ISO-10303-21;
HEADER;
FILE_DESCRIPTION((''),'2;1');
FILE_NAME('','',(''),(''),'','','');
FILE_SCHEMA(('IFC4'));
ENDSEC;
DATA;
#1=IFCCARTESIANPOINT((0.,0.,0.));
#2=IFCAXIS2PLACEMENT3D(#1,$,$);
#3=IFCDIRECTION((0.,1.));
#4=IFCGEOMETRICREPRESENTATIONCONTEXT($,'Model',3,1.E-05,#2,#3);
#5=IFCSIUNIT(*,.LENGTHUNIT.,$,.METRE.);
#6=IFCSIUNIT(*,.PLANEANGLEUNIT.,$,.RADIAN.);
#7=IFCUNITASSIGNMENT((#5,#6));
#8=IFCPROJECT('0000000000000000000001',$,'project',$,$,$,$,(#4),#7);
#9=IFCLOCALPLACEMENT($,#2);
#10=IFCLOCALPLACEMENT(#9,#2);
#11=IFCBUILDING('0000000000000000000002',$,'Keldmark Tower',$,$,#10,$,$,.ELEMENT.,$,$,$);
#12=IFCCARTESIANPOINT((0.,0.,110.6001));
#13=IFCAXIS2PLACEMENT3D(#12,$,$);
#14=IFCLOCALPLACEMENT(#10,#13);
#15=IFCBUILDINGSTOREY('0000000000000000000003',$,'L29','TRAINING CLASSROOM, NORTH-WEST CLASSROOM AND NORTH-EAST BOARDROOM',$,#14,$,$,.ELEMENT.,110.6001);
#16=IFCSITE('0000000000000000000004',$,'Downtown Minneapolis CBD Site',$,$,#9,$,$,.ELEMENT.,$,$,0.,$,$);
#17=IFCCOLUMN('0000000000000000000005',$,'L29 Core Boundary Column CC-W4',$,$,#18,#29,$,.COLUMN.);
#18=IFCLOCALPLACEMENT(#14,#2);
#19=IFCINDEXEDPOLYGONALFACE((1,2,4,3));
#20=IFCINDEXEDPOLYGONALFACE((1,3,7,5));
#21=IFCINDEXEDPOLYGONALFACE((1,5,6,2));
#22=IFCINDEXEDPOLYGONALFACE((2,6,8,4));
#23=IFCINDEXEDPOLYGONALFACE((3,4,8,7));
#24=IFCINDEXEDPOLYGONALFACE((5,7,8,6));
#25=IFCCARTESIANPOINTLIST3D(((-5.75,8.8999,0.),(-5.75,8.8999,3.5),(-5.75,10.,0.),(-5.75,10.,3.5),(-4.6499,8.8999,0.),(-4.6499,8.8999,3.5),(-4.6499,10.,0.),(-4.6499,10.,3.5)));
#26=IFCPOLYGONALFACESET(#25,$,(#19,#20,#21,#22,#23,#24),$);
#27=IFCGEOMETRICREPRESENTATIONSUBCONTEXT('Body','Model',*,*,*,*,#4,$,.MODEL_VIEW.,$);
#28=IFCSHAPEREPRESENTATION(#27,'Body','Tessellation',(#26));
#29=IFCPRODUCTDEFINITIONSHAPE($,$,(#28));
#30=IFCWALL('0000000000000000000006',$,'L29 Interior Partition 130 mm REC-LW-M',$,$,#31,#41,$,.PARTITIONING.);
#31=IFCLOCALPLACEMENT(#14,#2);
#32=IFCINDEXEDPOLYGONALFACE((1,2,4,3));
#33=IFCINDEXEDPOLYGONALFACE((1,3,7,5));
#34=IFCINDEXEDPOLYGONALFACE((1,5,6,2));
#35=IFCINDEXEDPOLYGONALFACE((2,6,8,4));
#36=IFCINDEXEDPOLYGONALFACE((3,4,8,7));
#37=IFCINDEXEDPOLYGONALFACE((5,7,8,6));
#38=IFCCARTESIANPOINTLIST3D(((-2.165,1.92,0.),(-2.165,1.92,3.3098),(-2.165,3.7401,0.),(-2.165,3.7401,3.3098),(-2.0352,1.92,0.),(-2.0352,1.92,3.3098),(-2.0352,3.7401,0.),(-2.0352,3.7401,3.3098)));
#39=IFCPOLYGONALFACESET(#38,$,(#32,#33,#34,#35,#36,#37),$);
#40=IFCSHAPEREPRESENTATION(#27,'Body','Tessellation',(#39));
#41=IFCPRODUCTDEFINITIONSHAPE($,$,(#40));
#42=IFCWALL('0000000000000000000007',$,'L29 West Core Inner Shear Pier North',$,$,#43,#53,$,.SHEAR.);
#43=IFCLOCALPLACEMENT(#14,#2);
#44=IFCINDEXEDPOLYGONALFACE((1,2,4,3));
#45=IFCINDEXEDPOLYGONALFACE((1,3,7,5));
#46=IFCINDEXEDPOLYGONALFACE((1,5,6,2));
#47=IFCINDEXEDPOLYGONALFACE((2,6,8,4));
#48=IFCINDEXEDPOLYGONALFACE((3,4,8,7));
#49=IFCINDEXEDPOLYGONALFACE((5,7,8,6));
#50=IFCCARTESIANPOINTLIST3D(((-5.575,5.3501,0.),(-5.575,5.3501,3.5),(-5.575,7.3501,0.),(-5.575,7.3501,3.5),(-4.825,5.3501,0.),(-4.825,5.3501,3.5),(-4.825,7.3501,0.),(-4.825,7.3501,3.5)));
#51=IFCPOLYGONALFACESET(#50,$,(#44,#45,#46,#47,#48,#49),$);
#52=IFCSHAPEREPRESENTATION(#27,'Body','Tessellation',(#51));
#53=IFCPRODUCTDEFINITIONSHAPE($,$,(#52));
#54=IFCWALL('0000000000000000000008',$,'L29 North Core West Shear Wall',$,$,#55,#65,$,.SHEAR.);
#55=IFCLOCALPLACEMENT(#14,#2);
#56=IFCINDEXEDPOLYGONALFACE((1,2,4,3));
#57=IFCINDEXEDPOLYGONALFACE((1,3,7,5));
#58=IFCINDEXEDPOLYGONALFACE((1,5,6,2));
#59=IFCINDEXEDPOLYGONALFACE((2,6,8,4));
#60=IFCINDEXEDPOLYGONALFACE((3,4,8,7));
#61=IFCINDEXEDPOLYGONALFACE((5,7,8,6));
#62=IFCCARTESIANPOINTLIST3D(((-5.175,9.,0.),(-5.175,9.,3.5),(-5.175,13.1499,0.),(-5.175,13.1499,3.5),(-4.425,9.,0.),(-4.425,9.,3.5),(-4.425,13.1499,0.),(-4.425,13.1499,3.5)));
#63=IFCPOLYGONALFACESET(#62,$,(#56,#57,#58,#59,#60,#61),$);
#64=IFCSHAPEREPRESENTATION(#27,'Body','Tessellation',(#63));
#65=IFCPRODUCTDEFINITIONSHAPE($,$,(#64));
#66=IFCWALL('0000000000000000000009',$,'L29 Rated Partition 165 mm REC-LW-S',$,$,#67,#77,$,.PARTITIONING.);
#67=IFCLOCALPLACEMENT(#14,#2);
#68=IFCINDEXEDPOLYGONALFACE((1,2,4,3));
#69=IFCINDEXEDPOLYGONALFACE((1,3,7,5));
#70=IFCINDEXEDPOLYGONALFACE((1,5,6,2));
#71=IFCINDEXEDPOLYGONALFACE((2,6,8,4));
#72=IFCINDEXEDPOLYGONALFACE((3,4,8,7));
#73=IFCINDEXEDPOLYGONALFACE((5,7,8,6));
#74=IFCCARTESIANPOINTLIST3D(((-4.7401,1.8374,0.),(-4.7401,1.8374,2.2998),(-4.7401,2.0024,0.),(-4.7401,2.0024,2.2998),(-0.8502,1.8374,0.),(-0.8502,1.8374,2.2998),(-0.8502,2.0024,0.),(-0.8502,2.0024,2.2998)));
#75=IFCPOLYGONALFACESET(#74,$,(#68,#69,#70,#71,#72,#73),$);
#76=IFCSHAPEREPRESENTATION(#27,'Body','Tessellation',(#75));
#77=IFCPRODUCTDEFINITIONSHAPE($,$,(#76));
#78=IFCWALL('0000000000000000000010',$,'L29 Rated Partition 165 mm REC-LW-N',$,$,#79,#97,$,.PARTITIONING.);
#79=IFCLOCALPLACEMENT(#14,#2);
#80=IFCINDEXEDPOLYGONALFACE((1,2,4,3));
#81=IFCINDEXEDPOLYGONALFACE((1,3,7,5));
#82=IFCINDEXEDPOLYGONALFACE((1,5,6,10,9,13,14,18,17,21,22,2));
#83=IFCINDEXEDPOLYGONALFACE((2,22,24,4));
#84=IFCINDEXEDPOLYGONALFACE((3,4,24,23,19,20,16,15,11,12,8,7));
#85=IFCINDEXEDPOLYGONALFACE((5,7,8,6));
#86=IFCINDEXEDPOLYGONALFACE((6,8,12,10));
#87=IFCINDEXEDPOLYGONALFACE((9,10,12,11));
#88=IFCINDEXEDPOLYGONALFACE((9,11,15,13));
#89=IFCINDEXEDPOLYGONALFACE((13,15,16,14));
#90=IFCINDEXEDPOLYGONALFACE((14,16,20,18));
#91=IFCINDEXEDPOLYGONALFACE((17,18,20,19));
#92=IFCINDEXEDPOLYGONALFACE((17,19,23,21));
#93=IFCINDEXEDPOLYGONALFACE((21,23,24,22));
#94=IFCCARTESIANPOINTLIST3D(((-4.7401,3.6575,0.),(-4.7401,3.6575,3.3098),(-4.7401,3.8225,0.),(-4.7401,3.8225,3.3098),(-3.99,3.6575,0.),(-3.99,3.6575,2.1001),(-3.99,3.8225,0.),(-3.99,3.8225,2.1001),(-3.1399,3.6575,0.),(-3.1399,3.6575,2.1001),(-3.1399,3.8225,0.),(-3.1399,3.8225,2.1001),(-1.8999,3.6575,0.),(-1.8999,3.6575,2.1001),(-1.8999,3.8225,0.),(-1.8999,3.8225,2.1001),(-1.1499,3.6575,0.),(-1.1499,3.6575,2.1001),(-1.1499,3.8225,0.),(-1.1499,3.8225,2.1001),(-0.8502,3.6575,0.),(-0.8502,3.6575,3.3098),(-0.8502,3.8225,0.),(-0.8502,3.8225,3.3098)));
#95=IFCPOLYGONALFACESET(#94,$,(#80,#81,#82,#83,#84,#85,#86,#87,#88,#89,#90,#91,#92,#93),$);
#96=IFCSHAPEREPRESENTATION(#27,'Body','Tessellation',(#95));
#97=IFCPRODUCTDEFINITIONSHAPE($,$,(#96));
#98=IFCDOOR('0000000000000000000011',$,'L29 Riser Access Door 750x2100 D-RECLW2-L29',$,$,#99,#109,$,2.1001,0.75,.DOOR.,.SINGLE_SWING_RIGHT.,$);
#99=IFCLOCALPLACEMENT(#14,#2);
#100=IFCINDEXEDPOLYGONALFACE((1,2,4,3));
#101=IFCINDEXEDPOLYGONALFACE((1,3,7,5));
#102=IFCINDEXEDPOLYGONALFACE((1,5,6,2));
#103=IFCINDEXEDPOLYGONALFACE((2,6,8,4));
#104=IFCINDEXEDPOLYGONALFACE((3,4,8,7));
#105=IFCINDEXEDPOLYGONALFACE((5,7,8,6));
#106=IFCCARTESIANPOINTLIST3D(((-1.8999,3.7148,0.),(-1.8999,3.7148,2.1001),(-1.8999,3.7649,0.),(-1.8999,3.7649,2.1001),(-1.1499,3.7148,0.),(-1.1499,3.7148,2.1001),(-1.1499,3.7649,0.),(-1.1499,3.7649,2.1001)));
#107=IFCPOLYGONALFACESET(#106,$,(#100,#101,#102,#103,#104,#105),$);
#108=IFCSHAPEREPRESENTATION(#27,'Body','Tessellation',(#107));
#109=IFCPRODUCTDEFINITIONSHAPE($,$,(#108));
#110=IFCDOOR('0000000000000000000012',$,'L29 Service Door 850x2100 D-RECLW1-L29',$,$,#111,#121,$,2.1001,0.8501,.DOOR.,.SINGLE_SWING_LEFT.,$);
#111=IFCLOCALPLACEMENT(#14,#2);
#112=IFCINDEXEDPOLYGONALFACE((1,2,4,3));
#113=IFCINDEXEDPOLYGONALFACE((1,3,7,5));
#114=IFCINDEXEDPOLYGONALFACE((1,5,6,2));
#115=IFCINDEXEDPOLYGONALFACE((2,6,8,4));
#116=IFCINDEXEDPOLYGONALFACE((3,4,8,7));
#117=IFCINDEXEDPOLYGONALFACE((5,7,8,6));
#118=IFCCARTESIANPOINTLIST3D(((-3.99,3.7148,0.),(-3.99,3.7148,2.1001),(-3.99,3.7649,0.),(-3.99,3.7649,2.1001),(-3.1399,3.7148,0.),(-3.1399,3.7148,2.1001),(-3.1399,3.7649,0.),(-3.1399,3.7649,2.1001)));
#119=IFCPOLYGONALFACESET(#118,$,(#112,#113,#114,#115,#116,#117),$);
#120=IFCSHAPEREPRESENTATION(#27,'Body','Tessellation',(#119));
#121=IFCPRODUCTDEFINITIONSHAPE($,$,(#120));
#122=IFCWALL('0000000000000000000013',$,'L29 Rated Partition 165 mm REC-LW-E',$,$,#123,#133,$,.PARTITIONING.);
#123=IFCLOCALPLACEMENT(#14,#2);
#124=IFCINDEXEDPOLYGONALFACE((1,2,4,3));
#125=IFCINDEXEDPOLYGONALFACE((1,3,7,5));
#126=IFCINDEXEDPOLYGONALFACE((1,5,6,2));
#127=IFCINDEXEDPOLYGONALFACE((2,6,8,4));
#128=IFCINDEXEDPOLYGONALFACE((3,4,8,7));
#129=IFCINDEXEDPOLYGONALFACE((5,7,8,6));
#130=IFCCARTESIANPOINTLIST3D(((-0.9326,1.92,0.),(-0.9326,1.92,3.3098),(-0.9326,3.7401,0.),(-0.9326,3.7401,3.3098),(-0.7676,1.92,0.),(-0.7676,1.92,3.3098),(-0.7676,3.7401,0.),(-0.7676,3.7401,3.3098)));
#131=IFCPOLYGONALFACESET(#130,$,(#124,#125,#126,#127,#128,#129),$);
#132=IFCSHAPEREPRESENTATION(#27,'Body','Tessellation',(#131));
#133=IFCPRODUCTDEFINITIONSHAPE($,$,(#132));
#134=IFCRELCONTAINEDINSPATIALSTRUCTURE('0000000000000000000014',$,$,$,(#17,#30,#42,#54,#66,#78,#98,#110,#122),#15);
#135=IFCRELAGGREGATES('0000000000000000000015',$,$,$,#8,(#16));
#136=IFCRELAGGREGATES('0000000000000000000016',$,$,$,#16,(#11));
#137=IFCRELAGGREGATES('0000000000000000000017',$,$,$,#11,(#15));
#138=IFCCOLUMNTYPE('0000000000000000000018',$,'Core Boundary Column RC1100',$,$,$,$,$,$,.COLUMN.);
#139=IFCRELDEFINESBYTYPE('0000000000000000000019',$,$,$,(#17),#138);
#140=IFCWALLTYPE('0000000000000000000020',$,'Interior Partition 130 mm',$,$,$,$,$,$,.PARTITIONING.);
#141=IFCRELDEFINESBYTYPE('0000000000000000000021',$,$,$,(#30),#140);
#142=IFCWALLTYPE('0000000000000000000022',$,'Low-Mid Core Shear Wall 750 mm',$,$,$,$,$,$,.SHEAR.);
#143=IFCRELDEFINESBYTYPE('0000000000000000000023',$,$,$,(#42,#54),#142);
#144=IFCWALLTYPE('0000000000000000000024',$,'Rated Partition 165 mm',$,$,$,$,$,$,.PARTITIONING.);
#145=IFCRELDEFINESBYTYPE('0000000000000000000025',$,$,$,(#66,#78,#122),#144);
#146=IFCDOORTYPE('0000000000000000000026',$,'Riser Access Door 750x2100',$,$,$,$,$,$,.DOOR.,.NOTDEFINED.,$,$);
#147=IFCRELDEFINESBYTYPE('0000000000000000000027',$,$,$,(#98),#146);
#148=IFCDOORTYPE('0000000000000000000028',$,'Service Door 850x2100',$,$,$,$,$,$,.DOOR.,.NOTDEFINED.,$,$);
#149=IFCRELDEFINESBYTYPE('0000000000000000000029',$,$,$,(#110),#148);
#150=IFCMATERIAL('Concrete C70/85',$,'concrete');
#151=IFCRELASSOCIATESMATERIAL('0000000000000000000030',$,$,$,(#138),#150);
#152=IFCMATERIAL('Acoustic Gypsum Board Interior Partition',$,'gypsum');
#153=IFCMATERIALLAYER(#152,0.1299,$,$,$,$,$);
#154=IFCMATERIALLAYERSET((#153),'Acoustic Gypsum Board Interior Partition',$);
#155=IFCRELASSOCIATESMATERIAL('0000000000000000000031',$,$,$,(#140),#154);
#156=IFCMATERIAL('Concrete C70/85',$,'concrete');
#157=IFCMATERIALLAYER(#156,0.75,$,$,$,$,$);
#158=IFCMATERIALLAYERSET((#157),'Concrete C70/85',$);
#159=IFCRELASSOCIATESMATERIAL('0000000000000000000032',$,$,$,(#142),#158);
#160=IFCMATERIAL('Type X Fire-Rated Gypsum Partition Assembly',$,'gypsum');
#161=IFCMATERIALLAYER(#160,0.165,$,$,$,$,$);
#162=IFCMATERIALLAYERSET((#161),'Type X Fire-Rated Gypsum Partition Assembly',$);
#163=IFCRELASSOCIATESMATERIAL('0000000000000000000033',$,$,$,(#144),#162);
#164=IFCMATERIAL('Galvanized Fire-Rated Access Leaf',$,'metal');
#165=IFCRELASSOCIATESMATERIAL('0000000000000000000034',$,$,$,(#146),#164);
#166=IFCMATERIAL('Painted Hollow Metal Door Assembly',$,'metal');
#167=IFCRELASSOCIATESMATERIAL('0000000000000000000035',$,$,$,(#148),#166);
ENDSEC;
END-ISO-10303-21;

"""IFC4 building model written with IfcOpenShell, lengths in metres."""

from ifc_helpers import new_model, si_unit, direction, frame, frame_2d, origin, origin_2d, place, context, subcontext, project, spatial, rectangle, extrude, material, layer, layer_set, material_profile, profile_set, type_object, element, fill, save


model = new_model("IFC4")

# Units and contexts
model_context = context("Model", 3, precision=1e-05, world=origin(), true_north=direction((0.0, 1.0)))
body_context = subcontext(model_context, "Body", "Model", "MODEL_VIEW")
ifc_project = project(units=[si_unit("LENGTHUNIT", "METRE"), si_unit("PLANEANGLEUNIT", "RADIAN")], contexts=[model_context])

# Site, building, storey
site_placement = place(None, origin())
site = spatial("IfcSite", under=ifc_project, at=site_placement, Name="Downtown Minneapolis CBD Site", CompositionType="ELEMENT", RefElevation=0.0)
building_placement = place(site_placement, origin())
building = spatial("IfcBuilding", under=site, at=building_placement, Name="Keldmark Tower", CompositionType="ELEMENT")
storey_placement = place(building_placement, frame((0.0, 0.0, 110.6001)))
storey = spatial("IfcBuildingStorey", under=building, at=storey_placement, Name="L29", Description="TRAINING CLASSROOM, NORTH-WEST CLASSROOM AND NORTH-EAST BOARDROOM", CompositionType="ELEMENT", Elevation=110.6001)

# Column
ifc_material_1 = material(Name="Concrete C70/85", Category="concrete")
ifc_material_profile = material_profile(ifc_material_1, rectangle(XDim=1.1001, YDim=1.1001, at=origin_2d()), Name="RC1100X1100")
ifc_profile_set = profile_set([ifc_material_profile], Name="Concrete C70/85")
column_type = type_object("IfcColumnType", Name="Core Boundary Column RC1100", PredefinedType="COLUMN", material=ifc_profile_set)
column_placement = place(storey_placement, frame((-5.2, 9.45, 0.0), z_axis=(0.0, 0.0, 1.0), x_axis=(1.0, 0.0, 0.0)))
element("IfcColumn", 1, at=column_placement, inside=storey, type_object=column_type, Name="L29 Core Boundary Column CC-W4", PredefinedType="COLUMN", context=body_context, shape_type="SweptSolid", body=[
    extrude(rectangle(XDim=1.1001, YDim=1.1001, at=origin_2d()), origin(), (0.0, 0.0, 1.0), 3.5),
])

# Walls
ifc_material_2 = material(Name="Acoustic Gypsum Board Interior Partition", Category="gypsum")
ifc_layer_1 = layer(ifc_material_2, 0.1299)
ifc_layer_set_1 = layer_set([ifc_layer_1], Name="Acoustic Gypsum Board Interior Partition")
wall_type_1 = type_object("IfcWallType", Name="Interior Partition 130 mm", PredefinedType="PARTITIONING", material=ifc_layer_set_1)
wall_1_placement = place(storey_placement, frame((-2.1001, 1.9199, 0.0), z_axis=(0.0, 0.0, 1.0), x_axis=(0.0, 1.0, 0.0)))
element("IfcWall", 2, at=wall_1_placement, inside=storey, type_object=wall_type_1, Name="L29 Interior Partition 130 mm REC-LW-M", PredefinedType="PARTITIONING", context=body_context, shape_type="SweptSolid", body=[
    extrude(rectangle(XDim=1.8201, YDim=0.1299, at=frame_2d((0.9102, 0.0))), origin(), (0.0, 0.0, 1.0), 3.3098),
])
ifc_material_3 = material(Name="Concrete C70/85", Category="concrete")
ifc_layer_2 = layer(ifc_material_3, 0.75)
ifc_layer_set_2 = layer_set([ifc_layer_2], Name="Concrete C70/85")
wall_type_2 = type_object("IfcWallType", Name="Low-Mid Core Shear Wall 750 mm", PredefinedType="SHEAR", material=ifc_layer_set_2)
wall_2_placement = place(storey_placement, frame((-5.2, 5.3501, 0.0), z_axis=(0.0, 0.0, 1.0), x_axis=(0.0, 1.0, 0.0)))
element("IfcWall", 3, at=wall_2_placement, inside=storey, type_object=wall_type_2, Name="L29 West Core Inner Shear Pier North", PredefinedType="SHEAR", context=body_context, shape_type="SweptSolid", body=[
    extrude(rectangle(XDim=2.0, YDim=0.75, at=frame_2d((1.0, 0.0))), origin(), (0.0, 0.0, 1.0), 3.5),
])
wall_3_placement = place(storey_placement, frame((-4.8, 9.0, 0.0), z_axis=(0.0, 0.0, 1.0), x_axis=(0.0, 1.0, 0.0)))
element("IfcWall", 4, at=wall_3_placement, inside=storey, type_object=wall_type_2, Name="L29 North Core West Shear Wall", PredefinedType="SHEAR", context=body_context, shape_type="SweptSolid", body=[
    extrude(rectangle(XDim=4.1499, YDim=0.75, at=frame_2d((2.075, 0.0))), origin(), (0.0, 0.0, 1.0), 3.5),
])
ifc_material_4 = material(Name="Type X Fire-Rated Gypsum Partition Assembly", Category="gypsum")
ifc_layer_3 = layer(ifc_material_4, 0.165)
ifc_layer_set_3 = layer_set([ifc_layer_3], Name="Type X Fire-Rated Gypsum Partition Assembly")
wall_type_3 = type_object("IfcWallType", Name="Rated Partition 165 mm", PredefinedType="PARTITIONING", material=ifc_layer_set_3)
wall_4_placement = place(storey_placement, frame((-4.74, 1.9199, 0.0), z_axis=(0.0, 0.0, 1.0), x_axis=(1.0, 0.0, 0.0)))
element("IfcWall", 5, at=wall_4_placement, inside=storey, type_object=wall_type_3, Name="L29 Rated Partition 165 mm REC-LW-S", PredefinedType="PARTITIONING", context=body_context, shape_type="SweptSolid", body=[
    extrude(rectangle(XDim=3.8899, YDim=0.165, at=frame_2d((1.9448, 0.0))), origin(), (0.0, 0.0, 1.0), 2.2998),
])

# Wall, openings, doors
wall_5_placement = place(storey_placement, frame((-4.74, 3.74, 0.0), z_axis=(0.0, 0.0, 1.0), x_axis=(1.0, 0.0, 0.0)))
wall_5 = element("IfcWall", 6, at=wall_5_placement, inside=storey, type_object=wall_type_3, Name="L29 Rated Partition 165 mm REC-LW-N", PredefinedType="PARTITIONING", context=body_context, shape_type="SweptSolid", body=[
    extrude(rectangle(XDim=3.8899, YDim=0.165, at=frame_2d((1.9448, 0.0))), origin(), (0.0, 0.0, 1.0), 3.3098),
])
opening_1_placement = place(wall_5_placement, frame((0.75, 0.0, 0.0)))
opening_1 = element("IfcOpeningElement", 7, at=opening_1_placement, cuts=wall_5, PredefinedType="OPENING", context=body_context, shape_type="SweptSolid", body=[
    extrude(rectangle(XDim=0.8501, YDim=2.1001, at=frame_2d((0.425, 1.05))), frame((0.0, 0.0925, 0.0), z_axis=(0.0, -1.0, 0.0), x_axis=(1.0, 0.0, 0.0)), (0.0, 0.0, 1.0), 0.1851),
])
opening_2_placement = place(wall_5_placement, frame((2.8401, 0.0, 0.0)))
opening_2 = element("IfcOpeningElement", 8, at=opening_2_placement, cuts=wall_5, PredefinedType="OPENING", context=body_context, shape_type="SweptSolid", body=[
    extrude(rectangle(XDim=0.75, YDim=2.1001, at=frame_2d((0.375, 1.05))), frame((0.0, 0.0925, 0.0), z_axis=(0.0, -1.0, 0.0), x_axis=(1.0, 0.0, 0.0)), (0.0, 0.0, 1.0), 0.1851),
])
ifc_material_5 = material(Name="Galvanized Fire-Rated Access Leaf", Category="metal")
door_type_1 = type_object("IfcDoorType", Name="Riser Access Door 750x2100", OperationType="NOTDEFINED", PredefinedType="DOOR", material=ifc_material_5)
door_1_placement = place(opening_2_placement, origin())
door_1 = element("IfcDoor", 9, at=door_1_placement, inside=storey, type_object=door_type_1, Name="L29 Riser Access Door 750x2100 D-RECLW2-L29", OperationType="SINGLE_SWING_RIGHT", OverallHeight=2.1001, OverallWidth=0.75, PredefinedType="DOOR", context=body_context, shape_type="SweptSolid", body=[
    extrude(rectangle(XDim=0.75, YDim=2.1001, at=frame_2d((0.375, 1.05))), frame((0.0, 0.0249, 0.0), z_axis=(0.0, -1.0, 0.0), x_axis=(1.0, 0.0, 0.0)), (0.0, 0.0, 1.0), 0.05),
])
fill(opening_2, door_1)
ifc_material_6 = material(Name="Painted Hollow Metal Door Assembly", Category="metal")
door_type_2 = type_object("IfcDoorType", Name="Service Door 850x2100", OperationType="NOTDEFINED", PredefinedType="DOOR", material=ifc_material_6)
door_2_placement = place(opening_1_placement, origin())
door_2 = element("IfcDoor", 10, at=door_2_placement, inside=storey, type_object=door_type_2, Name="L29 Service Door 850x2100 D-RECLW1-L29", OperationType="SINGLE_SWING_LEFT", OverallHeight=2.1001, OverallWidth=0.8501, PredefinedType="DOOR", context=body_context, shape_type="SweptSolid", body=[
    extrude(rectangle(XDim=0.8501, YDim=2.1001, at=frame_2d((0.425, 1.05))), frame((0.0, 0.0249, 0.0), z_axis=(0.0, -1.0, 0.0), x_axis=(1.0, 0.0, 0.0)), (0.0, 0.0, 1.0), 0.05),
])
fill(opening_1, door_2)

# Wall
wall_6_placement = place(storey_placement, frame((-0.8501, 1.9199, 0.0), z_axis=(0.0, 0.0, 1.0), x_axis=(0.0, 1.0, 0.0)))
element("IfcWall", 11, at=wall_6_placement, inside=storey, type_object=wall_type_3, Name="L29 Rated Partition 165 mm REC-LW-E", PredefinedType="PARTITIONING", context=body_context, shape_type="SweptSolid", body=[
    extrude(rectangle(XDim=1.8201, YDim=0.165, at=frame_2d((0.9102, 0.0))), origin(), (0.0, 0.0, 1.0), 3.3098),
])

save(model, "model.ifc")
